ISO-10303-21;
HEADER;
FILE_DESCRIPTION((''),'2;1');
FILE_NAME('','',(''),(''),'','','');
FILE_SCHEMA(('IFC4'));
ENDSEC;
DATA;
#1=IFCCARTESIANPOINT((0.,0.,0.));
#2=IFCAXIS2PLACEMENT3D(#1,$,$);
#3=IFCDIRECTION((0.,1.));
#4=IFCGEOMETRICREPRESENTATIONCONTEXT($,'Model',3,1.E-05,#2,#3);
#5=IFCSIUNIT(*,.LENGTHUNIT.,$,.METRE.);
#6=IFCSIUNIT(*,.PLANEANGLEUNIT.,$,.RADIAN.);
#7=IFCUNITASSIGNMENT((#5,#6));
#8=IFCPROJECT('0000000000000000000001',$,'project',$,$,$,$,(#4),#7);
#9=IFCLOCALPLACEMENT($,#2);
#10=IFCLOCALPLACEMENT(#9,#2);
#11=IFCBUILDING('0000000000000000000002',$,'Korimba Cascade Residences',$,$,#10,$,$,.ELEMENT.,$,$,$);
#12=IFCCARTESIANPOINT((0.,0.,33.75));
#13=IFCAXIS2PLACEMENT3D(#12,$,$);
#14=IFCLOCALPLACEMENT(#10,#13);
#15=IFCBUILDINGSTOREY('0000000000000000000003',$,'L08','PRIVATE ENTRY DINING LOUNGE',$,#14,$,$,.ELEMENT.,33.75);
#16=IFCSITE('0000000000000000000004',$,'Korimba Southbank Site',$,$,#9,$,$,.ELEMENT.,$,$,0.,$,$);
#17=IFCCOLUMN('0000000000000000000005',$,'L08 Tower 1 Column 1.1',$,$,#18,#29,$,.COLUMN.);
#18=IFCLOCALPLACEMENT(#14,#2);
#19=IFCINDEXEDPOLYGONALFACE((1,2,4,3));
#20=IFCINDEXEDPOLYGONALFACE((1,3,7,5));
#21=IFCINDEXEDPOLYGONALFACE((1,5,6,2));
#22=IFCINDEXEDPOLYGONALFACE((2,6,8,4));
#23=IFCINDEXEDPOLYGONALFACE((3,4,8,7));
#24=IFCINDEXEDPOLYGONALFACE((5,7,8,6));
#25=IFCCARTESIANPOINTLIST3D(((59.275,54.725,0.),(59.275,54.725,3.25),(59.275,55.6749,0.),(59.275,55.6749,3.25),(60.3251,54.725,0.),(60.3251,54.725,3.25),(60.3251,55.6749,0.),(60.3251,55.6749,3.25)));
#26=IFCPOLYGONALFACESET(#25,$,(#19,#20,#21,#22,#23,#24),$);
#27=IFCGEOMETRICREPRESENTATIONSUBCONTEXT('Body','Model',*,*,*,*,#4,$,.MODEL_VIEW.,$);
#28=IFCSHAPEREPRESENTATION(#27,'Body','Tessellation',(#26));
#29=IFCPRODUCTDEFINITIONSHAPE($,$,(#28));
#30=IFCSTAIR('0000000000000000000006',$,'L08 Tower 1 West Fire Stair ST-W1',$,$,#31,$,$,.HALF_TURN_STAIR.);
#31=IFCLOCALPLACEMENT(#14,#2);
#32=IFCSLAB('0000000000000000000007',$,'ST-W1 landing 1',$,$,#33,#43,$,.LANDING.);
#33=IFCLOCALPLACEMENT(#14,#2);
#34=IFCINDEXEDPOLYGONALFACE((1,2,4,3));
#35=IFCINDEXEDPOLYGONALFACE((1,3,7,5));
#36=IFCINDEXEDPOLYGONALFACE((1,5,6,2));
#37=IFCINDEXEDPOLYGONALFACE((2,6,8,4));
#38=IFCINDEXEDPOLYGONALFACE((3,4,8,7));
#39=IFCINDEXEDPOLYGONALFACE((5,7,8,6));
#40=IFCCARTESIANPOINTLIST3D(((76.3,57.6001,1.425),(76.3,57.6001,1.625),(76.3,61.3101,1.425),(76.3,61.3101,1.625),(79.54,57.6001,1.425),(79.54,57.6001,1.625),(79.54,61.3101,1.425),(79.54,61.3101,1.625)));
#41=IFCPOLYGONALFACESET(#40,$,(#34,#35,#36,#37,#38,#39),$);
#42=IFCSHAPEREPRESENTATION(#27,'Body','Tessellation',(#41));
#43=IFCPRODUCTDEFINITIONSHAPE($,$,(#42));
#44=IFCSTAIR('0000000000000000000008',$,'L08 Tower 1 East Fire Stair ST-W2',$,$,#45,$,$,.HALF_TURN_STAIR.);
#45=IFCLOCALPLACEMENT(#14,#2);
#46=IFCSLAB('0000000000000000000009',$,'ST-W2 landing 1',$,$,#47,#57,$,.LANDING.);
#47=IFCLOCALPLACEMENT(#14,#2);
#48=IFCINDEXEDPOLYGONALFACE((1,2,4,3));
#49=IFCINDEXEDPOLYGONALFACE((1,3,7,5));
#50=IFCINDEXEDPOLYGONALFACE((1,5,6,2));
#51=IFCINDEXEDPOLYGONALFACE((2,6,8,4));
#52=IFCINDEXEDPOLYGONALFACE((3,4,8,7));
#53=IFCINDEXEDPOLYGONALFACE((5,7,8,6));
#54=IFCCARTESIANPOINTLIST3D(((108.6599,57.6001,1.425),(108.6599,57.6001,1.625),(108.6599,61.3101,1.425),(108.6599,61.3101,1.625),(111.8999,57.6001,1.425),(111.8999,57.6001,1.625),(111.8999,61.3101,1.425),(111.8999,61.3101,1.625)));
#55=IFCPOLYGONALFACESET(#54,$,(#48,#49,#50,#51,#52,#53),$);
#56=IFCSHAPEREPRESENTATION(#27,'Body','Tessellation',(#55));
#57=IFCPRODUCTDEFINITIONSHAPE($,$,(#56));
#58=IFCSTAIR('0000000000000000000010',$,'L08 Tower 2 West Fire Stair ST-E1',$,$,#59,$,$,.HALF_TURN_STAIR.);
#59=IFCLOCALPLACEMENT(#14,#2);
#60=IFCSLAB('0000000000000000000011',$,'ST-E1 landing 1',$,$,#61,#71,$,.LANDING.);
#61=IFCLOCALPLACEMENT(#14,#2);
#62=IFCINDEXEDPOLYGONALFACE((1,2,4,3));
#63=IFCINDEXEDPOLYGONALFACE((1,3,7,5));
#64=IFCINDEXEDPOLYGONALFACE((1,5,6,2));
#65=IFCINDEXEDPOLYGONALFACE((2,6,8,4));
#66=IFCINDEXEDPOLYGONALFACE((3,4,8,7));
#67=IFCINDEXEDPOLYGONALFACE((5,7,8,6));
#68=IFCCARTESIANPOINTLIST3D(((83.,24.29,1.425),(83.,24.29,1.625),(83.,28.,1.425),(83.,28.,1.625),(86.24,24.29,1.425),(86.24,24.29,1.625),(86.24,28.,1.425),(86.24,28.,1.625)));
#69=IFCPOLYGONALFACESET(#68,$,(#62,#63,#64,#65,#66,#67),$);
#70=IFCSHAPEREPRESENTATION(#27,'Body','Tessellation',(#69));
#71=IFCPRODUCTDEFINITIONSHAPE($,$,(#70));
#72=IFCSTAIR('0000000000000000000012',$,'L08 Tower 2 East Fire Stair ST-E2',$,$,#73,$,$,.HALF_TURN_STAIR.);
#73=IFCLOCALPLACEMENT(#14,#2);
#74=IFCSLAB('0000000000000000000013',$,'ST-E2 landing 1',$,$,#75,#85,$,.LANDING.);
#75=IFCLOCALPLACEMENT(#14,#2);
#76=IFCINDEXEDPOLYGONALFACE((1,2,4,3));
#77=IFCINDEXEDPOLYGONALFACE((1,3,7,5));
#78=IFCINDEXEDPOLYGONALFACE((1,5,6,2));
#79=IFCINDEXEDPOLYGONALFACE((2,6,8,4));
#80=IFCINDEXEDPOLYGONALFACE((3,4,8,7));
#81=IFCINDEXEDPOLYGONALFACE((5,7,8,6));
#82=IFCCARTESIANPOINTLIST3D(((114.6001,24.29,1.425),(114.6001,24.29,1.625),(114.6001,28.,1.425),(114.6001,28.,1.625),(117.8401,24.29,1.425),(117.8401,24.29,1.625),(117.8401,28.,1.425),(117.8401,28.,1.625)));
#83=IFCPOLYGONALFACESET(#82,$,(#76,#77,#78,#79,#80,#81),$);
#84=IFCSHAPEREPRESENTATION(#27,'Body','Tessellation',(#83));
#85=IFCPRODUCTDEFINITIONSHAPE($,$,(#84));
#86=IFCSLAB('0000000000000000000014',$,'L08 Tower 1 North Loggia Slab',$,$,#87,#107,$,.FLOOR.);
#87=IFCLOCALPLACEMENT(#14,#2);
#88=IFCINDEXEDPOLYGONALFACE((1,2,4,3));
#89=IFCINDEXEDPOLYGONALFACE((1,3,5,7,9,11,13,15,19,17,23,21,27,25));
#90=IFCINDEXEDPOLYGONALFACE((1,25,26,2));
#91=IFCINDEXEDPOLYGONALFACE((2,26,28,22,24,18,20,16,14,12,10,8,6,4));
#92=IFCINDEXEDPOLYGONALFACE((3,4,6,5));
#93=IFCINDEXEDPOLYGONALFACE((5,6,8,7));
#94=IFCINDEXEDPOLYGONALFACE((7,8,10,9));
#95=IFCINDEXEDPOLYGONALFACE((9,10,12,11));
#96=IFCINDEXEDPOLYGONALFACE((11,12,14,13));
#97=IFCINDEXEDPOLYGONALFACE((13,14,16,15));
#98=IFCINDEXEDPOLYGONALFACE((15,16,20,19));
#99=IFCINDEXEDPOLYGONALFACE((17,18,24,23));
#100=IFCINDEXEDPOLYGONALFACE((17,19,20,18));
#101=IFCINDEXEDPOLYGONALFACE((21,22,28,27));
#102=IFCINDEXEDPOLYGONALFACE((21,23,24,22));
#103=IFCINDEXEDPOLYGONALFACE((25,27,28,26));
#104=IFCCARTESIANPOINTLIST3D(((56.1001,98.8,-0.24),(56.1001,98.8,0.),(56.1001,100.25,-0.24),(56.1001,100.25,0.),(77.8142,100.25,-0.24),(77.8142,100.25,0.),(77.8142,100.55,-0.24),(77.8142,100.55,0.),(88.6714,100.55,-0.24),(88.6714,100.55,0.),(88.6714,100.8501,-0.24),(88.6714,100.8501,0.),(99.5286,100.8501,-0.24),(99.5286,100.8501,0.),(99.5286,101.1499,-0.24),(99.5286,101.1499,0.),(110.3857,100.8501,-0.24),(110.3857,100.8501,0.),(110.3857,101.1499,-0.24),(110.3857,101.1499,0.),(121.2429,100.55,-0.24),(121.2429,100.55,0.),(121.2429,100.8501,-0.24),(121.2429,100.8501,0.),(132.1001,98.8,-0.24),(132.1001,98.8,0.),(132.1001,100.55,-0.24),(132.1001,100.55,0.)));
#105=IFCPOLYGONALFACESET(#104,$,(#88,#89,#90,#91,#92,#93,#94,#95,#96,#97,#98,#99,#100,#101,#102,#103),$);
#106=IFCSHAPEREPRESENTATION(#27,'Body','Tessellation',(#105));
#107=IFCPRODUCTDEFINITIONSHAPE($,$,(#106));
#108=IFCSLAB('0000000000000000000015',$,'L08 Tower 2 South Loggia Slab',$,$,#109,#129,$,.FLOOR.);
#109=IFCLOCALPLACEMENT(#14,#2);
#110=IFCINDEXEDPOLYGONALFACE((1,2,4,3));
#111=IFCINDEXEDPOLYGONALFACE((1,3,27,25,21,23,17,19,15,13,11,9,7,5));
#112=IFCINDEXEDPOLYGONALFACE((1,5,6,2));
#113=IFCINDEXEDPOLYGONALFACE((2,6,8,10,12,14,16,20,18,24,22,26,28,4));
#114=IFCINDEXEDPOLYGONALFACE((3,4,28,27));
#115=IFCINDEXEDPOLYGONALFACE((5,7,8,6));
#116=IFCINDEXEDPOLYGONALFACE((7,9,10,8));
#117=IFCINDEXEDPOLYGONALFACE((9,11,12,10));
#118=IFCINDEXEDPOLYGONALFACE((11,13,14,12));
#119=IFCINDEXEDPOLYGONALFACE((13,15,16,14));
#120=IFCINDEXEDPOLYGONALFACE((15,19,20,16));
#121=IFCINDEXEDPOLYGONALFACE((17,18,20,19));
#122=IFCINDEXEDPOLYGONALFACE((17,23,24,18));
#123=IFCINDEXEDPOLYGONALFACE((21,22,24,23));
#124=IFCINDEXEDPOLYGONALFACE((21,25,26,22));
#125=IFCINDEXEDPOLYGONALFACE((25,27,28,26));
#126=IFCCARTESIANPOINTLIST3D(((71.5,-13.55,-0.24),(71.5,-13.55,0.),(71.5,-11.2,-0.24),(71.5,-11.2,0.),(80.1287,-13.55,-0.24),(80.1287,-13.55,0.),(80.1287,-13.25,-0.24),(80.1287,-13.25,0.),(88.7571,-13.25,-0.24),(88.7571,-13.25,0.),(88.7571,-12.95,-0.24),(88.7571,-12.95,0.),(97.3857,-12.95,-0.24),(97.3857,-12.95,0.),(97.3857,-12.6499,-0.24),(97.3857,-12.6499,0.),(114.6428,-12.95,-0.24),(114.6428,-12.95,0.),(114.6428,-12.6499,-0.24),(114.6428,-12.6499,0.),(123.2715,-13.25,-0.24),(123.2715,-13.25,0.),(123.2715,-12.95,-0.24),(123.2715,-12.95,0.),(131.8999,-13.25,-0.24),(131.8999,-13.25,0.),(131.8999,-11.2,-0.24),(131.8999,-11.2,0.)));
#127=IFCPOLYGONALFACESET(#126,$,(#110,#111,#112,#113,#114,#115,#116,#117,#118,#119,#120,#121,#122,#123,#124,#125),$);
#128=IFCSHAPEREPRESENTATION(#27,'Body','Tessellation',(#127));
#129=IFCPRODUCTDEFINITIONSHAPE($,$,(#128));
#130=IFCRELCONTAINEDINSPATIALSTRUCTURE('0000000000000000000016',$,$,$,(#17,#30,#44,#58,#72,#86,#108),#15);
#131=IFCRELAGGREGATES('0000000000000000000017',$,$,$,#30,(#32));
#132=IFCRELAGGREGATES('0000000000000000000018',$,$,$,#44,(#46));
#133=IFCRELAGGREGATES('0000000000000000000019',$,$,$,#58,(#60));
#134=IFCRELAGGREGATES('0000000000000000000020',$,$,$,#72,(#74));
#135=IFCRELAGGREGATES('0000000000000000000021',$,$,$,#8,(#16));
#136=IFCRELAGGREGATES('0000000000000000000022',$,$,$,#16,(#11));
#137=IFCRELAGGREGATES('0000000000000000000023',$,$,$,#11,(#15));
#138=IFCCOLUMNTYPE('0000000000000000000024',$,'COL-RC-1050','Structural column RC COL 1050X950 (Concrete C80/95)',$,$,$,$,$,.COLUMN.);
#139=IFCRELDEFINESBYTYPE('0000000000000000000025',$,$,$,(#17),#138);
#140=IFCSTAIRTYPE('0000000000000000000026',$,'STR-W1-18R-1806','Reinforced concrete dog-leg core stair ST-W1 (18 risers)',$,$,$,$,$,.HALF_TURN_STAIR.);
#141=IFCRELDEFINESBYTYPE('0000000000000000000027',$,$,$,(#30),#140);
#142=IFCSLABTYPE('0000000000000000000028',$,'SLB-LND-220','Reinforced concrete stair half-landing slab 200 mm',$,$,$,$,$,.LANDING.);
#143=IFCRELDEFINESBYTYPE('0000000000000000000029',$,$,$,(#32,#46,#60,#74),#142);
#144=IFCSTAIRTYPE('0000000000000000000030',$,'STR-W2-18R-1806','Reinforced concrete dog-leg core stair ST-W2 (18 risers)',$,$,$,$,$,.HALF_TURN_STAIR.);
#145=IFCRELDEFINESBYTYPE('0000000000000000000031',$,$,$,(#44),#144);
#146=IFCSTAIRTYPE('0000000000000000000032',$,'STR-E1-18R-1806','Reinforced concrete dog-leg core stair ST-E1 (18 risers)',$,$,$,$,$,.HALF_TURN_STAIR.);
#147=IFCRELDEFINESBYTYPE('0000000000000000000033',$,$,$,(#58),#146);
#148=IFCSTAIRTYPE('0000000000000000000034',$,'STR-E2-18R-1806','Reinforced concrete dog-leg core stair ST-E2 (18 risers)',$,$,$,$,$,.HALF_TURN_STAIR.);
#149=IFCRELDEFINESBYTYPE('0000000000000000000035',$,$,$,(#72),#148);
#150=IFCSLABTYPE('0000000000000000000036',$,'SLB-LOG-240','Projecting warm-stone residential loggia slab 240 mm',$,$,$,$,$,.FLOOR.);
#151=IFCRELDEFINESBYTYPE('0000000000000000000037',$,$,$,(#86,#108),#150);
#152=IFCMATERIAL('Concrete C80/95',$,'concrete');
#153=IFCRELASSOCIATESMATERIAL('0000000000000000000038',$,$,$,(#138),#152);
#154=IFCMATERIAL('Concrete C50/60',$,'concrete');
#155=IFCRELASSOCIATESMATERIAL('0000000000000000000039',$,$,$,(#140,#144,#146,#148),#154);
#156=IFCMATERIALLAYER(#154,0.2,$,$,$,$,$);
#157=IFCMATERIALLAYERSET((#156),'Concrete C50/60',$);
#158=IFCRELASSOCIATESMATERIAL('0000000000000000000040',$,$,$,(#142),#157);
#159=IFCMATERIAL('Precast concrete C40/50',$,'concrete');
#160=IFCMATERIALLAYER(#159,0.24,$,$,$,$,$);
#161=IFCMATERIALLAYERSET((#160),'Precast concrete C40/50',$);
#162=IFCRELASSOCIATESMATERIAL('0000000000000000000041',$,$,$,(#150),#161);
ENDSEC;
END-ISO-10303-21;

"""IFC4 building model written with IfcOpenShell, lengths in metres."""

from ifc_helpers import new_model, si_unit, direction, frame, origin, origin_2d, place, context, subcontext, project, spatial, polyline, rectangle, outline, extrude, material, layer, layer_set, material_profile, profile_set, type_object, element, aggregate, save


model = new_model("IFC4")

# Units and contexts
model_context = context("Model", 3, precision=1e-05, world=origin(), true_north=direction((0.0, 1.0)))
body_context = subcontext(model_context, "Body", "Model", "MODEL_VIEW")
ifc_project = project(units=[si_unit("LENGTHUNIT", "METRE"), si_unit("PLANEANGLEUNIT", "RADIAN")], contexts=[model_context])

# Site, building, storey
site_placement = place(None, origin())
site = spatial("IfcSite", under=ifc_project, at=site_placement, Name="Korimba Southbank Site", CompositionType="ELEMENT", RefElevation=0.0)
building_placement = place(site_placement, origin())
building = spatial("IfcBuilding", under=site, at=building_placement, Name="Korimba Cascade Residences", CompositionType="ELEMENT")
storey_placement = place(building_placement, frame((0.0, 0.0, 33.75)))
storey = spatial("IfcBuildingStorey", under=building, at=storey_placement, Name="L08", Description="PRIVATE ENTRY DINING LOUNGE", CompositionType="ELEMENT", Elevation=33.75)

# Column
ifc_material_1 = material(Name="Concrete C80/95", Category="concrete")
ifc_material_profile = material_profile(ifc_material_1, rectangle(XDim=1.05, YDim=0.95, at=origin_2d()), Name="Concrete C80/95")
ifc_profile_set = profile_set([ifc_material_profile], Name="Concrete C80/95")
column_type = type_object("IfcColumnType", Name="COL-RC-1050", Description="Structural column RC COL 1050X950 (Concrete C80/95)", PredefinedType="COLUMN", material=ifc_profile_set)
column_placement = place(storey_placement, frame((59.8, 55.2, 0.0), z_axis=(0.0, 0.0, 1.0), x_axis=(1.0, 0.0, 0.0)))
element("IfcColumn", 1, at=column_placement, inside=storey, type_object=column_type, Name="L08 Tower 1 Column 1.1", PredefinedType="COLUMN", context=body_context, shape_type="SweptSolid", body=[
    extrude(rectangle(XDim=1.05, YDim=0.95, at=origin_2d()), origin(), (0.0, 0.0, 1.0), 3.25),
])

# Stairs, slabs
ifc_material_2 = material(Name="Concrete C50/60", Category="concrete")
stair_type_1 = type_object("IfcStairType", Name="STR-W1-18R-1806", Description="Reinforced concrete dog-leg core stair ST-W1 (18 risers)", PredefinedType="HALF_TURN_STAIR", material=ifc_material_2)
stair_1_placement = place(storey_placement, origin())
stair_1 = element("IfcStair", 2, at=stair_1_placement, inside=storey, type_object=stair_type_1, Name="L08 Tower 1 West Fire Stair ST-W1", PredefinedType="HALF_TURN_STAIR")
ifc_layer_1 = layer(ifc_material_2, 0.2)
ifc_layer_set_1 = layer_set([ifc_layer_1], Name="Concrete C50/60")
slab_type_1 = type_object("IfcSlabType", Name="SLB-LND-220", Description="Reinforced concrete stair half-landing slab 200 mm", PredefinedType="LANDING", material=ifc_layer_set_1)
slab_1_placement = place(storey_placement, frame((0.0, 0.0, 1.425)))
slab_1 = element("IfcSlab", 3, at=slab_1_placement, type_object=slab_type_1, Name="ST-W1 landing 1", PredefinedType="LANDING", context=body_context, shape_type="SweptSolid", body=[
    extrude(outline(polyline([(76.3, 61.3101), (76.3, 57.6001), (79.54, 57.6001), (79.54, 61.3101), (76.3, 61.3101)])), origin(), (0.0, 0.0, 1.0), 0.2),
])
aggregate(stair_1, [slab_1])
stair_type_2 = type_object("IfcStairType", Name="STR-W2-18R-1806", Description="Reinforced concrete dog-leg core stair ST-W2 (18 risers)", PredefinedType="HALF_TURN_STAIR", material=ifc_material_2)
stair_2_placement = place(storey_placement, origin())
stair_2 = element("IfcStair", 4, at=stair_2_placement, inside=storey, type_object=stair_type_2, Name="L08 Tower 1 East Fire Stair ST-W2", PredefinedType="HALF_TURN_STAIR")
slab_2_placement = place(storey_placement, frame((0.0, 0.0, 1.425)))
slab_2 = element("IfcSlab", 5, at=slab_2_placement, type_object=slab_type_1, Name="ST-W2 landing 1", PredefinedType="LANDING", context=body_context, shape_type="SweptSolid", body=[
    extrude(outline(polyline([(108.6599, 61.3101), (108.6599, 57.6001), (111.8999, 57.6001), (111.8999, 61.3101), (108.6599, 61.3101)])), origin(), (0.0, 0.0, 1.0), 0.2),
])
aggregate(stair_2, [slab_2])
stair_type_3 = type_object("IfcStairType", Name="STR-E1-18R-1806", Description="Reinforced concrete dog-leg core stair ST-E1 (18 risers)", PredefinedType="HALF_TURN_STAIR", material=ifc_material_2)
stair_3_placement = place(storey_placement, origin())
stair_3 = element("IfcStair", 6, at=stair_3_placement, inside=storey, type_object=stair_type_3, Name="L08 Tower 2 West Fire Stair ST-E1", PredefinedType="HALF_TURN_STAIR")
slab_3_placement = place(storey_placement, frame((0.0, 0.0, 1.425)))
slab_3 = element("IfcSlab", 7, at=slab_3_placement, type_object=slab_type_1, Name="ST-E1 landing 1", PredefinedType="LANDING", context=body_context, shape_type="SweptSolid", body=[
    extrude(outline(polyline([(86.24, 24.29), (86.24, 28.0), (83.0, 28.0), (83.0, 24.29), (86.24, 24.29)])), origin(), (0.0, 0.0, 1.0), 0.2),
])
aggregate(stair_3, [slab_3])
stair_type_4 = type_object("IfcStairType", Name="STR-E2-18R-1806", Description="Reinforced concrete dog-leg core stair ST-E2 (18 risers)", PredefinedType="HALF_TURN_STAIR", material=ifc_material_2)
stair_4_placement = place(storey_placement, origin())
stair_4 = element("IfcStair", 8, at=stair_4_placement, inside=storey, type_object=stair_type_4, Name="L08 Tower 2 East Fire Stair ST-E2", PredefinedType="HALF_TURN_STAIR")
slab_4_placement = place(storey_placement, frame((0.0, 0.0, 1.425)))
slab_4 = element("IfcSlab", 9, at=slab_4_placement, type_object=slab_type_1, Name="ST-E2 landing 1", PredefinedType="LANDING", context=body_context, shape_type="SweptSolid", body=[
    extrude(outline(polyline([(117.8401, 24.29), (117.8401, 28.0), (114.6001, 28.0), (114.6001, 24.29), (117.8401, 24.29)])), origin(), (0.0, 0.0, 1.0), 0.2),
])
aggregate(stair_4, [slab_4])

# Slabs
ifc_material_3 = material(Name="Precast concrete C40/50", Category="concrete")
ifc_layer_2 = layer(ifc_material_3, 0.24)
ifc_layer_set_2 = layer_set([ifc_layer_2], Name="Precast concrete C40/50")
slab_type_2 = type_object("IfcSlabType", Name="SLB-LOG-240", Description="Projecting warm-stone residential loggia slab 240 mm", PredefinedType="FLOOR", material=ifc_layer_set_2)
slab_5_placement = place(storey_placement, frame((0.0, 0.0, -0.24)))
element("IfcSlab", 10, at=slab_5_placement, inside=storey, type_object=slab_type_2, Name="L08 Tower 1 North Loggia Slab", PredefinedType="FLOOR", context=body_context, shape_type="SweptSolid", body=[
    extrude(outline(polyline([(56.1001, 98.8), (132.1001, 98.8), (132.1001, 100.55), (121.2429, 100.55), (121.2429, 100.8501), (110.3857, 100.8501), (110.3857, 101.1499), (99.5286, 101.1499), (99.5286, 100.8501), (88.6714, 100.8501), (88.6714, 100.55), (77.8142, 100.55), (77.8142, 100.25), (56.1001, 100.25), (56.1001, 98.8)])), origin(), (0.0, 0.0, 1.0), 0.24),
])
slab_6_placement = place(storey_placement, frame((0.0, 0.0, -0.24)))
element("IfcSlab", 11, at=slab_6_placement, inside=storey, type_object=slab_type_2, Name="L08 Tower 2 South Loggia Slab", PredefinedType="FLOOR", context=body_context, shape_type="SweptSolid", body=[
    extrude(outline(polyline([(71.5, -13.55), (80.1287, -13.55), (80.1287, -13.25), (88.7571, -13.25), (88.7571, -12.95), (97.3857, -12.95), (97.3857, -12.6499), (114.6428, -12.6499), (114.6428, -12.95), (123.2715, -12.95), (123.2715, -13.25), (131.8999, -13.25), (131.8999, -11.2), (71.5, -11.2), (71.5, -13.55)])), origin(), (0.0, 0.0, 1.0), 0.24),
])

save(model, "model.ifc")
